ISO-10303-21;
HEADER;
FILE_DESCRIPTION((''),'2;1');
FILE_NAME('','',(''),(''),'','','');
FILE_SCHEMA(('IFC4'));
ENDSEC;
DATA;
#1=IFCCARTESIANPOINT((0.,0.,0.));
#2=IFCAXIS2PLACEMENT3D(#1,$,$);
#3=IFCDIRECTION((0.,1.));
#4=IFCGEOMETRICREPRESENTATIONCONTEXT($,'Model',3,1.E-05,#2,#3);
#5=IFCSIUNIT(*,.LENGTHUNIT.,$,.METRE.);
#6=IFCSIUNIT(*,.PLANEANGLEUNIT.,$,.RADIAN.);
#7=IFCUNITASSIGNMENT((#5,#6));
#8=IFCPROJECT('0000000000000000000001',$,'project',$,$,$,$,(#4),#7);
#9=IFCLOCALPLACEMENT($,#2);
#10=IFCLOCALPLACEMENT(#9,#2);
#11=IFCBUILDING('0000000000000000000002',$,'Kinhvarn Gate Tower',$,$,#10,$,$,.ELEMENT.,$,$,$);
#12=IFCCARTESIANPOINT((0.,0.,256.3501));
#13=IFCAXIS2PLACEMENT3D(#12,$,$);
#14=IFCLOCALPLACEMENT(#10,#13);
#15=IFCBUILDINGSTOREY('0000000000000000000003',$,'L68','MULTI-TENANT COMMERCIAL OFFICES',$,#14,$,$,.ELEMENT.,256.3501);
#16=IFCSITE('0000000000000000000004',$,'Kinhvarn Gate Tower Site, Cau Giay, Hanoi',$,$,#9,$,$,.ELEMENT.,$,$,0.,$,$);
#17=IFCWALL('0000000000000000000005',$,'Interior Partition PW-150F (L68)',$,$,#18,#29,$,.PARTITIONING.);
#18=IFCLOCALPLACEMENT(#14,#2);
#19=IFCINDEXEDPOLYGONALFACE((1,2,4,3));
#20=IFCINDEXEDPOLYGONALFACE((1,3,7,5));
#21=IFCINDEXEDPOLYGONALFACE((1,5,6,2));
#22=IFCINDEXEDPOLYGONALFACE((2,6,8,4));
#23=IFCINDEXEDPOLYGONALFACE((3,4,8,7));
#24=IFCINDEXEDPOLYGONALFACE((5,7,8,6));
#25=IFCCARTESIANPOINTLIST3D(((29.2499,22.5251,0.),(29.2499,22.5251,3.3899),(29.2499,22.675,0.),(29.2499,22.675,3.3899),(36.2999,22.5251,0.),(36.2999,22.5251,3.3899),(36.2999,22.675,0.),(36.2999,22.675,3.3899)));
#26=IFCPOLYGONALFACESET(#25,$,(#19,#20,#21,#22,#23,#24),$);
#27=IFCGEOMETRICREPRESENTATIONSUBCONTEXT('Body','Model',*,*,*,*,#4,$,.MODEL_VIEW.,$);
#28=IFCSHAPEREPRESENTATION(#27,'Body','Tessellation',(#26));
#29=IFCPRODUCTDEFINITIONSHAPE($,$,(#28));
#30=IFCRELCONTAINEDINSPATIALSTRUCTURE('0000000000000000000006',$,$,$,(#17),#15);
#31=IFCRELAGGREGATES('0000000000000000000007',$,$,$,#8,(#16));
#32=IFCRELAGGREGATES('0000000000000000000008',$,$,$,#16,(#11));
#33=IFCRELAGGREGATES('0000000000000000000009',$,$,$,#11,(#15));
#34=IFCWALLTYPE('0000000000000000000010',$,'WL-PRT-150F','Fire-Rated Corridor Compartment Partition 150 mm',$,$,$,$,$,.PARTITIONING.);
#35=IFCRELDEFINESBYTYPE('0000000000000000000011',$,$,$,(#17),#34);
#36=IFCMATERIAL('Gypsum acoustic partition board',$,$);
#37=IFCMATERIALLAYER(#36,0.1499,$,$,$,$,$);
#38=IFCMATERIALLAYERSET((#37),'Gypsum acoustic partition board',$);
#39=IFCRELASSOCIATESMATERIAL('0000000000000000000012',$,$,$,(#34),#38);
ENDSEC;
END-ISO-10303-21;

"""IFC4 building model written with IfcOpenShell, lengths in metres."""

from ifc_helpers import new_model, si_unit, direction, frame, frame_2d, origin, place, context, subcontext, project, spatial, rectangle, extrude, material, layer, layer_set, type_object, element, save


model = new_model("IFC4")

# Units and contexts
model_context = context("Model", 3, precision=1e-05, world=origin(), true_north=direction((0.0, 1.0)))
body_context = subcontext(model_context, "Body", "Model", "MODEL_VIEW")
ifc_project = project(units=[si_unit("LENGTHUNIT", "METRE"), si_unit("PLANEANGLEUNIT", "RADIAN")], contexts=[model_context])

# Site, building, storey
site_placement = place(None, origin())
site = spatial("IfcSite", under=ifc_project, at=site_placement, Name="Kinhvarn Gate Tower Site, Cau Giay, Hanoi", CompositionType="ELEMENT", RefElevation=0.0)
building_placement = place(site_placement, origin())
building = spatial("IfcBuilding", under=site, at=building_placement, Name="Kinhvarn Gate Tower", CompositionType="ELEMENT")
storey_placement = place(building_placement, frame((0.0, 0.0, 256.3501)))
storey = spatial("IfcBuildingStorey", under=building, at=storey_placement, Name="L68", Description="MULTI-TENANT COMMERCIAL OFFICES", CompositionType="ELEMENT", Elevation=256.3501)

# Wall
ifc_material_1 = material(Name="Gypsum acoustic partition board")
ifc_layer_1 = layer(ifc_material_1, 0.1499)
ifc_layer_set_1 = layer_set([ifc_layer_1], Name="Gypsum acoustic partition board")
wall_type_1 = type_object("IfcWallType", Name="WL-PRT-150F", Description="Fire-Rated Corridor Compartment Partition 150 mm", PredefinedType="PARTITIONING", material=ifc_layer_set_1)
wall_1_placement = place(storey_placement, frame((29.25, 22.6001, 0.0), z_axis=(0.0, 0.0, 1.0), x_axis=(1.0, 0.0, 0.0)))
element("IfcWall", 1, at=wall_1_placement, inside=storey, type_object=wall_type_1, Name="Interior Partition PW-150F (L68)", PredefinedType="PARTITIONING", context=body_context, shape_type="SweptSolid", body=[
    extrude(rectangle(XDim=7.05, YDim=0.1499, at=frame_2d((3.5249, 0.0))), origin(), (0.0, 0.0, 1.0), 3.3899),
])

save(model, "model.ifc")
